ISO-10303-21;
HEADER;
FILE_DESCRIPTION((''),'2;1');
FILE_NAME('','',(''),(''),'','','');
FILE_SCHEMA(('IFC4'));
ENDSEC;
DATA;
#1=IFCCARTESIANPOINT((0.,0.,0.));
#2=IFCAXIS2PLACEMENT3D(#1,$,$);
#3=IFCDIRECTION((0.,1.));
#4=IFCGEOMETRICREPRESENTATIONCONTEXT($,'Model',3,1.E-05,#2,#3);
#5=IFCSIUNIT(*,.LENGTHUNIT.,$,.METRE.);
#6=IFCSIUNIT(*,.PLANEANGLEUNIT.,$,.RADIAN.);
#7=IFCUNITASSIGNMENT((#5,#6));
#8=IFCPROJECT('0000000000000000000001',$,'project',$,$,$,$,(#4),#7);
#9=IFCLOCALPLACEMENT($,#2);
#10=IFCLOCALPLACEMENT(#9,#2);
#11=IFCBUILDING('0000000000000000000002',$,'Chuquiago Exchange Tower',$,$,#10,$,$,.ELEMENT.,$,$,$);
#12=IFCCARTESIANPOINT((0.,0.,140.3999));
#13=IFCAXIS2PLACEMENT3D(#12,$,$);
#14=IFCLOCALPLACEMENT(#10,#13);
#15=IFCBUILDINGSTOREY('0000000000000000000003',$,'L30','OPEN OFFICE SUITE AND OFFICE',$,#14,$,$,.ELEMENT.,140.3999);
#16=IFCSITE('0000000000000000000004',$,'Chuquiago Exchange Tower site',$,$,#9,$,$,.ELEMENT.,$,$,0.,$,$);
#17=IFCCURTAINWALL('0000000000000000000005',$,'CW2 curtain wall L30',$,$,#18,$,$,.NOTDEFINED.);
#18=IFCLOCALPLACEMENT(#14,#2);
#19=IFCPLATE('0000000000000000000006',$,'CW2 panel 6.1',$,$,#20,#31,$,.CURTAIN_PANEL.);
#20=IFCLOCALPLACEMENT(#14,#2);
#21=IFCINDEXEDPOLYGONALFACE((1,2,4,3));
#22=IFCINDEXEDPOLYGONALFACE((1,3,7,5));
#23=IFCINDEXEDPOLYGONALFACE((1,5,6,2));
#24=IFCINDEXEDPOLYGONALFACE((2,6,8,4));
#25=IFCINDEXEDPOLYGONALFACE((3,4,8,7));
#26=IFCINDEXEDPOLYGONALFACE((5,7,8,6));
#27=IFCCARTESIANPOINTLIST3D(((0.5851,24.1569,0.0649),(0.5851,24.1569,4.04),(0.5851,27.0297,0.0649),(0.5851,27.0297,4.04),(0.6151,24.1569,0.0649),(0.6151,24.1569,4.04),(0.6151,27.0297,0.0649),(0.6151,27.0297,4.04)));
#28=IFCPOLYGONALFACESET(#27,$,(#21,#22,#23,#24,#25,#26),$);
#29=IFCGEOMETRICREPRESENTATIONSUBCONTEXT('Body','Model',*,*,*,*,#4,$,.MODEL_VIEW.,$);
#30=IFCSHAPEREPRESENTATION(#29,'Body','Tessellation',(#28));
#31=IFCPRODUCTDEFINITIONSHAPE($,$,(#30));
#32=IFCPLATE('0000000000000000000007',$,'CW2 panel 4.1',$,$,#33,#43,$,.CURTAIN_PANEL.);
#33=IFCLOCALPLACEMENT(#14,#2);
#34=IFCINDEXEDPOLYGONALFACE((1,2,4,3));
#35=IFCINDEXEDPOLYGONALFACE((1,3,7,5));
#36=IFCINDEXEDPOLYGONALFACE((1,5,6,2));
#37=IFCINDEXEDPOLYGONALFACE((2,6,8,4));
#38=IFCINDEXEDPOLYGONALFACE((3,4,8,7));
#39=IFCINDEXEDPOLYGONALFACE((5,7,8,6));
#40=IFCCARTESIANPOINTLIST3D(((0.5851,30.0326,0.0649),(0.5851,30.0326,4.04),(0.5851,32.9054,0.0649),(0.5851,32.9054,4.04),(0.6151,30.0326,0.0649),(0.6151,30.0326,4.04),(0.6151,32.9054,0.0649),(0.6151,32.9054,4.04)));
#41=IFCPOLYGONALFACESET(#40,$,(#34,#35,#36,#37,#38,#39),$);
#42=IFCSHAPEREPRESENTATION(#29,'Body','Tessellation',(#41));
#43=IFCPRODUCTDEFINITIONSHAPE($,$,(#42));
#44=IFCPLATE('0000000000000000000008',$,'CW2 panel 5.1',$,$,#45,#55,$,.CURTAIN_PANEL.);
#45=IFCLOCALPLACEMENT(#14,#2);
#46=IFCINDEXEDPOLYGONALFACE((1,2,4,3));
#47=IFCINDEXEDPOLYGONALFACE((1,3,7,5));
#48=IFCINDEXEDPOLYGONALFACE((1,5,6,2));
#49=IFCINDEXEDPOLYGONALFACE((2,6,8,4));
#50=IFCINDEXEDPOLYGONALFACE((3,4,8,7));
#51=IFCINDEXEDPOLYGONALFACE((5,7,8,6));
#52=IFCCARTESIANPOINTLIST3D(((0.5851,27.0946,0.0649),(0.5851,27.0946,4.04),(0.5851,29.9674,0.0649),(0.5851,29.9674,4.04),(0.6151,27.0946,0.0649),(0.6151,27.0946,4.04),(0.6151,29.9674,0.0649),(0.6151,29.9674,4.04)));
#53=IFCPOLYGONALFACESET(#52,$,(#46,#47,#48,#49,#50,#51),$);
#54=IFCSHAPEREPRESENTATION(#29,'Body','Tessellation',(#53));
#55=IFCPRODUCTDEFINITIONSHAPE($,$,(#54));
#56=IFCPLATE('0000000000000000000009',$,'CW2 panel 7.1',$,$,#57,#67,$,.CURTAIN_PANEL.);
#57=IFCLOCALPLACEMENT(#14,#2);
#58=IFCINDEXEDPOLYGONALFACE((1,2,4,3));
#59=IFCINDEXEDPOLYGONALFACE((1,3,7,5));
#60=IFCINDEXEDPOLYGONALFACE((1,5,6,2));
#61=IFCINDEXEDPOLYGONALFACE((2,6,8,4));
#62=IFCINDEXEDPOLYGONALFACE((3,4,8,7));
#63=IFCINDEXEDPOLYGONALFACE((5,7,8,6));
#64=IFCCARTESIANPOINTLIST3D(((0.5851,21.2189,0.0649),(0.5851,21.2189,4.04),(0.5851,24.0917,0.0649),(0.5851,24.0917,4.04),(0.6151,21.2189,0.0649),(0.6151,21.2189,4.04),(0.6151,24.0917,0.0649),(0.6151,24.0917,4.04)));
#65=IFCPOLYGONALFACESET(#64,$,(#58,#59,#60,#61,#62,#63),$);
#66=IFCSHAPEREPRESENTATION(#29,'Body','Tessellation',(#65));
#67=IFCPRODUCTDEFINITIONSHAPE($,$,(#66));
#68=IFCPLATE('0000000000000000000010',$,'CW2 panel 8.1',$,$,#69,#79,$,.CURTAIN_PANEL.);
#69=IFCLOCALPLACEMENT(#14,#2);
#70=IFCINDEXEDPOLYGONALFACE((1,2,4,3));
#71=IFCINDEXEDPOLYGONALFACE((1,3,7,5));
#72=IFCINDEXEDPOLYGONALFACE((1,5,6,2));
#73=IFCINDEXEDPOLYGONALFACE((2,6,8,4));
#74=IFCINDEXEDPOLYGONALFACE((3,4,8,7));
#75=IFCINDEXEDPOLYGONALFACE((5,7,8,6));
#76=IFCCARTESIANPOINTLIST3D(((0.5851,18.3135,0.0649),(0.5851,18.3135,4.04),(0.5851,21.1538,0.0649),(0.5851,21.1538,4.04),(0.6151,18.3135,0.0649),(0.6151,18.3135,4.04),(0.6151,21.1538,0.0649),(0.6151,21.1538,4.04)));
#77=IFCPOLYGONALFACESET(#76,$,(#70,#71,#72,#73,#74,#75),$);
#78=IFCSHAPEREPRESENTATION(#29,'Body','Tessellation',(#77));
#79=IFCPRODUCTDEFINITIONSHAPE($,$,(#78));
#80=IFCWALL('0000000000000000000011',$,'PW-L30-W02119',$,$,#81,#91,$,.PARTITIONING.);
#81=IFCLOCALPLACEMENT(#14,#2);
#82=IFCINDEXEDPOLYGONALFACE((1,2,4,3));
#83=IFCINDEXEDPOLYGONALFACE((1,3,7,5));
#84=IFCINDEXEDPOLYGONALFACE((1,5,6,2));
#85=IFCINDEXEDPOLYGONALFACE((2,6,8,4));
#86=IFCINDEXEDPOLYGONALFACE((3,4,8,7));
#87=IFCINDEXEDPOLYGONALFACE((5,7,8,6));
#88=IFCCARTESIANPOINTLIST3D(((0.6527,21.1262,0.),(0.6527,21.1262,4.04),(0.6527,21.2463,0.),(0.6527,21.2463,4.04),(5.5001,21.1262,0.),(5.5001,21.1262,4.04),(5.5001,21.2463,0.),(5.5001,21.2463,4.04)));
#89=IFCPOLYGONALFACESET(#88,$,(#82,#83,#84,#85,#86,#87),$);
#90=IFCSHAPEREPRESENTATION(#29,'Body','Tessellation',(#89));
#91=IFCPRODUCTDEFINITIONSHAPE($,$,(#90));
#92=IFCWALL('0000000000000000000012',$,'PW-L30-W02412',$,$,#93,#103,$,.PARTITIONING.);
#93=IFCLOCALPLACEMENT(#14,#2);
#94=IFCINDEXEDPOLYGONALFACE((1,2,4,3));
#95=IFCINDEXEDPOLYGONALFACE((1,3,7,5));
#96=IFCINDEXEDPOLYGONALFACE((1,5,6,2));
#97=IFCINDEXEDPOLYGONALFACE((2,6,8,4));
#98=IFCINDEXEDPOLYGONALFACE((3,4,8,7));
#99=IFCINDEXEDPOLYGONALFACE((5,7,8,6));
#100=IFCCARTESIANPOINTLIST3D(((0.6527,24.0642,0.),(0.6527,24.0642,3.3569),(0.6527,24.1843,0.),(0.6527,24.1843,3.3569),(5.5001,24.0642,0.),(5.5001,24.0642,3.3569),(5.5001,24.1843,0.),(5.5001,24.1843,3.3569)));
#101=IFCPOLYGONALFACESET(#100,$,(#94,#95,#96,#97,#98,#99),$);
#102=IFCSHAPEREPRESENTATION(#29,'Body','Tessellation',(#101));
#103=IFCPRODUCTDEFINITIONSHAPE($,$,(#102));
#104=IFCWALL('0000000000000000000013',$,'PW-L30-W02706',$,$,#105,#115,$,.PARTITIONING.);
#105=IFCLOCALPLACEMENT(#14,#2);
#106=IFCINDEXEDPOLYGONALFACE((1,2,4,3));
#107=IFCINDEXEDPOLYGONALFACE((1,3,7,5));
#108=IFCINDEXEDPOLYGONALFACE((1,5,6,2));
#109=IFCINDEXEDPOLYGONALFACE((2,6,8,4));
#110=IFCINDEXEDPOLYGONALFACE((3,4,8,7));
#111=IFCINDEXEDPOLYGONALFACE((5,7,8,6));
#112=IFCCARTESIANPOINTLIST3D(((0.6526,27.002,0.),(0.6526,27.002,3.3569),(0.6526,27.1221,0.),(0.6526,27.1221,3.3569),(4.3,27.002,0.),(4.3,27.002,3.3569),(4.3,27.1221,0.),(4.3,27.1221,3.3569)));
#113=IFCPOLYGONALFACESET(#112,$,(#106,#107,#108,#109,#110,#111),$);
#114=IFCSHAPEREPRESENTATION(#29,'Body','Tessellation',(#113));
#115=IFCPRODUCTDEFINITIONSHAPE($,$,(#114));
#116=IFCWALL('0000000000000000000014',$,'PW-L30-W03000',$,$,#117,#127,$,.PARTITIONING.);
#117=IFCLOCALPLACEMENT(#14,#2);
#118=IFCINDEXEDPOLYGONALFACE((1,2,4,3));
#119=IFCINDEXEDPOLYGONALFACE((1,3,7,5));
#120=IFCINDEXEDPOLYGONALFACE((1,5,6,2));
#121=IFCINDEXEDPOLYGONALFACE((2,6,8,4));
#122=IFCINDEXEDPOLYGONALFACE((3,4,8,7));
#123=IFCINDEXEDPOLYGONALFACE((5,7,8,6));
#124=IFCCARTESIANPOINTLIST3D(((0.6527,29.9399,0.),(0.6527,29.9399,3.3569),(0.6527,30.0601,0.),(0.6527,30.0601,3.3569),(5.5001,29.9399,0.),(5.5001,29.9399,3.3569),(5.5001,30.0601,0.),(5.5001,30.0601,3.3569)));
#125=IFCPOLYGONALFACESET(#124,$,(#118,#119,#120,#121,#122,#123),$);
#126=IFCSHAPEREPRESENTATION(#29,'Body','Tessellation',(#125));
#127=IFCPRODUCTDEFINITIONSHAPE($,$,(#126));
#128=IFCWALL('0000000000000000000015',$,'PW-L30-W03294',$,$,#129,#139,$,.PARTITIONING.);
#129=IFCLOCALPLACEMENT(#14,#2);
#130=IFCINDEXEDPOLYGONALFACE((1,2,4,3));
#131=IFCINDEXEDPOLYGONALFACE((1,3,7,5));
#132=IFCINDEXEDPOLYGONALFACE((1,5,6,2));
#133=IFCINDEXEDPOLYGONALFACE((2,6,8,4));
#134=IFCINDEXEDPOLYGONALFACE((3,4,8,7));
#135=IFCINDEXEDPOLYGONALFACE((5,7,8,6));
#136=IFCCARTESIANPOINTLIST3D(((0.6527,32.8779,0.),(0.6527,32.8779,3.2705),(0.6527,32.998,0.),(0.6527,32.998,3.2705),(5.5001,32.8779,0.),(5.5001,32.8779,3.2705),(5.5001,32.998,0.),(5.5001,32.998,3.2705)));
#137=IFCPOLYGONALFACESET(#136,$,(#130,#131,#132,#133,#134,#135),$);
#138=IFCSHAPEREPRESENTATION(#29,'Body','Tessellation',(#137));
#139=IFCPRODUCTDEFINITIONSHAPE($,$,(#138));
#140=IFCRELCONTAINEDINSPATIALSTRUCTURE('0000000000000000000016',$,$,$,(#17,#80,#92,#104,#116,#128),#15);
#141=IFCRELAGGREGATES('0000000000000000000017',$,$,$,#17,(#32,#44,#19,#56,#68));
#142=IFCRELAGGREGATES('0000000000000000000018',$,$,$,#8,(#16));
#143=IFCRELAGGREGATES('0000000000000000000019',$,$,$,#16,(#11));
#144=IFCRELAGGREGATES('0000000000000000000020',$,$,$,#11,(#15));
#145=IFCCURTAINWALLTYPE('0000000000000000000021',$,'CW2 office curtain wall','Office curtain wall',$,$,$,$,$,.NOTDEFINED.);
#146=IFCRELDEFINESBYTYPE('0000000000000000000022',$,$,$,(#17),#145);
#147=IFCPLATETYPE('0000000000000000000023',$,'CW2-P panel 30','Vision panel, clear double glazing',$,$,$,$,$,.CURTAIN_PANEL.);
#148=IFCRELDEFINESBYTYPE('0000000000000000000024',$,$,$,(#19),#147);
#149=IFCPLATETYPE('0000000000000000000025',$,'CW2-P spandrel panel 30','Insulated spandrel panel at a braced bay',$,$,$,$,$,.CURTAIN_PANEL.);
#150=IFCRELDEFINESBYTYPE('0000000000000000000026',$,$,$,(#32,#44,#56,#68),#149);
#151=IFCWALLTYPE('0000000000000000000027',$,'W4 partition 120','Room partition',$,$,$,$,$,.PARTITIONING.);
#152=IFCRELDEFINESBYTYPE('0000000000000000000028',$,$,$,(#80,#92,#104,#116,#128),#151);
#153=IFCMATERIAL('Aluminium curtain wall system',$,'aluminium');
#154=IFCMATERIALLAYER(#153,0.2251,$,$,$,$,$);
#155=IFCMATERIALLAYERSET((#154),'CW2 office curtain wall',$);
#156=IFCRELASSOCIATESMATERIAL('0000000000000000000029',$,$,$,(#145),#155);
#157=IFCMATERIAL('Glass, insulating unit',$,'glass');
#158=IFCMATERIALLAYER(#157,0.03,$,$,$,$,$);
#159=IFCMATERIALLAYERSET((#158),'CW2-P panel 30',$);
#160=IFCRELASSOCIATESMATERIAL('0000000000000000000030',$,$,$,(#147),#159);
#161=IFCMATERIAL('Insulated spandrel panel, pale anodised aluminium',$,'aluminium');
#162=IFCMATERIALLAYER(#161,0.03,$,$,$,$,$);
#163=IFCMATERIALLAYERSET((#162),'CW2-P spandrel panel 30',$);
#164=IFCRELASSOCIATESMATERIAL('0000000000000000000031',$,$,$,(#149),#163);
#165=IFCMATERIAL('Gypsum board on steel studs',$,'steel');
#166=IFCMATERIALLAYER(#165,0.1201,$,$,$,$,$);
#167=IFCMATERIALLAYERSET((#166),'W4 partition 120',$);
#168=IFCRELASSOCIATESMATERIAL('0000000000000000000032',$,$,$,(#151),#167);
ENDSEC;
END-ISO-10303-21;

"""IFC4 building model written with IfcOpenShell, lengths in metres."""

from ifc_helpers import new_model, si_unit, direction, frame, frame_2d, origin, origin_2d, place, context, subcontext, project, spatial, rectangle, extrude, material, layer, layer_set, type_object, element, aggregate, save


model = new_model("IFC4")

# Units and contexts
model_context = context("Model", 3, precision=1e-05, world=origin(), true_north=direction((0.0, 1.0)))
body_context = subcontext(model_context, "Body", "Model", "MODEL_VIEW")
ifc_project = project(units=[si_unit("LENGTHUNIT", "METRE"), si_unit("PLANEANGLEUNIT", "RADIAN")], contexts=[model_context])

# Site, building, storey
site_placement = place(None, origin())
site = spatial("IfcSite", under=ifc_project, at=site_placement, Name="Chuquiago Exchange Tower site", CompositionType="ELEMENT", RefElevation=0.0)
building_placement = place(site_placement, origin())
building = spatial("IfcBuilding", under=site, at=building_placement, Name="Chuquiago Exchange Tower", CompositionType="ELEMENT")
storey_placement = place(building_placement, frame((0.0, 0.0, 140.3999)))
storey = spatial("IfcBuildingStorey", under=building, at=storey_placement, Name="L30", Description="OPEN OFFICE SUITE AND OFFICE", CompositionType="ELEMENT", Elevation=140.3999)

# Curtain wall
ifc_material_1 = material(Name="Aluminium curtain wall system", Category="aluminium")
ifc_layer_1 = layer(ifc_material_1, 0.2251)
ifc_layer_set_1 = layer_set([ifc_layer_1], Name="CW2 office curtain wall")
curtain_wall_type = type_object("IfcCurtainWallType", Name="CW2 office curtain wall", Description="Office curtain wall", PredefinedType="NOTDEFINED", material=ifc_layer_set_1)
curtain_wall_placement = place(storey_placement, origin())
curtain_wall = element("IfcCurtainWall", 1, at=curtain_wall_placement, inside=storey, type_object=curtain_wall_type, Name="CW2 curtain wall L30", PredefinedType="NOTDEFINED")

# Plates
ifc_material_2 = material(Name="Glass, insulating unit", Category="glass")
ifc_layer_2 = layer(ifc_material_2, 0.03)
ifc_layer_set_2 = layer_set([ifc_layer_2], Name="CW2-P panel 30")
plate_type_1 = type_object("IfcPlateType", Name="CW2-P panel 30", Description="Vision panel, clear double glazing", PredefinedType="CURTAIN_PANEL", material=ifc_layer_set_2)
plate_1_placement = place(storey_placement, frame((0.6001, 25.5933, 0.0649), z_axis=(0.0, 0.0, 1.0), x_axis=(0.0, -1.0, 0.0)))
plate_1 = element("IfcPlate", 2, at=plate_1_placement, type_object=plate_type_1, Name="CW2 panel 6.1", PredefinedType="CURTAIN_PANEL", context=body_context, shape_type="SweptSolid", body=[
    extrude(rectangle(XDim=2.8728, YDim=0.03, at=origin_2d()), origin(), (0.0, 0.0, 1.0), 3.9751),
])
ifc_material_3 = material(Name="Insulated spandrel panel, pale anodised aluminium", Category="aluminium")
ifc_layer_3 = layer(ifc_material_3, 0.03)
ifc_layer_set_3 = layer_set([ifc_layer_3], Name="CW2-P spandrel panel 30")
plate_type_2 = type_object("IfcPlateType", Name="CW2-P spandrel panel 30", Description="Insulated spandrel panel at a braced bay", PredefinedType="CURTAIN_PANEL", material=ifc_layer_set_3)
plate_2_placement = place(storey_placement, frame((0.6001, 31.469, 0.0649), z_axis=(0.0, 0.0, 1.0), x_axis=(0.0, -1.0, 0.0)))
plate_2 = element("IfcPlate", 3, at=plate_2_placement, type_object=plate_type_2, Name="CW2 panel 4.1", PredefinedType="CURTAIN_PANEL", context=body_context, shape_type="SweptSolid", body=[
    extrude(rectangle(XDim=2.8728, YDim=0.03, at=origin_2d()), origin(), (0.0, 0.0, 1.0), 3.9751),
])
plate_3_placement = place(storey_placement, frame((0.6001, 28.531, 0.0649), z_axis=(0.0, 0.0, 1.0), x_axis=(0.0, -1.0, 0.0)))
plate_3 = element("IfcPlate", 4, at=plate_3_placement, type_object=plate_type_2, Name="CW2 panel 5.1", PredefinedType="CURTAIN_PANEL", context=body_context, shape_type="SweptSolid", body=[
    extrude(rectangle(XDim=2.8728, YDim=0.03, at=origin_2d()), origin(), (0.0, 0.0, 1.0), 3.9751),
])
plate_4_placement = place(storey_placement, frame((0.6001, 22.6553, 0.0649), z_axis=(0.0, 0.0, 1.0), x_axis=(0.0, -1.0, 0.0)))
plate_4 = element("IfcPlate", 5, at=plate_4_placement, type_object=plate_type_2, Name="CW2 panel 7.1", PredefinedType="CURTAIN_PANEL", context=body_context, shape_type="SweptSolid", body=[
    extrude(rectangle(XDim=2.8728, YDim=0.03, at=origin_2d()), origin(), (0.0, 0.0, 1.0), 3.9751),
])
plate_5_placement = place(storey_placement, frame((0.6001, 19.7336, 0.0649), z_axis=(0.0, 0.0, 1.0), x_axis=(0.0, -1.0, 0.0)))
plate_5 = element("IfcPlate", 6, at=plate_5_placement, type_object=plate_type_2, Name="CW2 panel 8.1", PredefinedType="CURTAIN_PANEL", context=body_context, shape_type="SweptSolid", body=[
    extrude(rectangle(XDim=2.8403, YDim=0.03, at=origin_2d()), origin(), (0.0, 0.0, 1.0), 3.9751),
])
aggregate(curtain_wall, [plate_2, plate_3, plate_1, plate_4, plate_5])

# Walls
ifc_material_4 = material(Name="Gypsum board on steel studs", Category="steel")
ifc_layer_4 = layer(ifc_material_4, 0.1201)
ifc_layer_set_4 = layer_set([ifc_layer_4], Name="W4 partition 120")
wall_type = type_object("IfcWallType", Name="W4 partition 120", Description="Room partition", PredefinedType="PARTITIONING", material=ifc_layer_set_4)
wall_1_placement = place(storey_placement, frame((0.6526, 21.1863, 0.0), z_axis=(0.0, 0.0, 1.0), x_axis=(1.0, 0.0, 0.0)))
element("IfcWall", 7, at=wall_1_placement, inside=storey, type_object=wall_type, Name="PW-L30-W02119", PredefinedType="PARTITIONING", context=body_context, shape_type="SweptSolid", body=[
    extrude(rectangle(XDim=4.8474, YDim=0.1201, at=frame_2d((2.4238, 0.0))), origin(), (0.0, 0.0, 1.0), 4.04),
])
wall_2_placement = place(storey_placement, frame((0.6526, 24.1243, 0.0), z_axis=(0.0, 0.0, 1.0), x_axis=(1.0, 0.0, 0.0)))
element("IfcWall", 8, at=wall_2_placement, inside=storey, type_object=wall_type, Name="PW-L30-W02412", PredefinedType="PARTITIONING", context=body_context, shape_type="SweptSolid", body=[
    extrude(rectangle(XDim=4.8474, YDim=0.1201, at=frame_2d((2.4238, 0.0))), origin(), (0.0, 0.0, 1.0), 3.3569),
])
wall_3_placement = place(storey_placement, frame((0.6526, 27.062, 0.0), z_axis=(0.0, 0.0, 1.0), x_axis=(1.0, 0.0, 0.0)))
element("IfcWall", 9, at=wall_3_placement, inside=storey, type_object=wall_type, Name="PW-L30-W02706", PredefinedType="PARTITIONING", context=body_context, shape_type="SweptSolid", body=[
    extrude(rectangle(XDim=3.6475, YDim=0.1201, at=frame_2d((1.8237, 0.0))), origin(), (0.0, 0.0, 1.0), 3.3569),
])
wall_4_placement = place(storey_placement, frame((0.6526, 30.0, 0.0), z_axis=(0.0, 0.0, 1.0), x_axis=(1.0, 0.0, 0.0)))
element("IfcWall", 10, at=wall_4_placement, inside=storey, type_object=wall_type, Name="PW-L30-W03000", PredefinedType="PARTITIONING", context=body_context, shape_type="SweptSolid", body=[
    extrude(rectangle(XDim=4.8474, YDim=0.1201, at=frame_2d((2.4238, 0.0))), origin(), (0.0, 0.0, 1.0), 3.3569),
])
wall_5_placement = place(storey_placement, frame((0.6526, 32.938, 0.0), z_axis=(0.0, 0.0, 1.0), x_axis=(1.0, 0.0, 0.0)))
element("IfcWall", 11, at=wall_5_placement, inside=storey, type_object=wall_type, Name="PW-L30-W03294", PredefinedType="PARTITIONING", context=body_context, shape_type="SweptSolid", body=[
    extrude(rectangle(XDim=4.8474, YDim=0.1201, at=frame_2d((2.4238, 0.0))), origin(), (0.0, 0.0, 1.0), 3.2705),
])

save(model, "model.ifc")
